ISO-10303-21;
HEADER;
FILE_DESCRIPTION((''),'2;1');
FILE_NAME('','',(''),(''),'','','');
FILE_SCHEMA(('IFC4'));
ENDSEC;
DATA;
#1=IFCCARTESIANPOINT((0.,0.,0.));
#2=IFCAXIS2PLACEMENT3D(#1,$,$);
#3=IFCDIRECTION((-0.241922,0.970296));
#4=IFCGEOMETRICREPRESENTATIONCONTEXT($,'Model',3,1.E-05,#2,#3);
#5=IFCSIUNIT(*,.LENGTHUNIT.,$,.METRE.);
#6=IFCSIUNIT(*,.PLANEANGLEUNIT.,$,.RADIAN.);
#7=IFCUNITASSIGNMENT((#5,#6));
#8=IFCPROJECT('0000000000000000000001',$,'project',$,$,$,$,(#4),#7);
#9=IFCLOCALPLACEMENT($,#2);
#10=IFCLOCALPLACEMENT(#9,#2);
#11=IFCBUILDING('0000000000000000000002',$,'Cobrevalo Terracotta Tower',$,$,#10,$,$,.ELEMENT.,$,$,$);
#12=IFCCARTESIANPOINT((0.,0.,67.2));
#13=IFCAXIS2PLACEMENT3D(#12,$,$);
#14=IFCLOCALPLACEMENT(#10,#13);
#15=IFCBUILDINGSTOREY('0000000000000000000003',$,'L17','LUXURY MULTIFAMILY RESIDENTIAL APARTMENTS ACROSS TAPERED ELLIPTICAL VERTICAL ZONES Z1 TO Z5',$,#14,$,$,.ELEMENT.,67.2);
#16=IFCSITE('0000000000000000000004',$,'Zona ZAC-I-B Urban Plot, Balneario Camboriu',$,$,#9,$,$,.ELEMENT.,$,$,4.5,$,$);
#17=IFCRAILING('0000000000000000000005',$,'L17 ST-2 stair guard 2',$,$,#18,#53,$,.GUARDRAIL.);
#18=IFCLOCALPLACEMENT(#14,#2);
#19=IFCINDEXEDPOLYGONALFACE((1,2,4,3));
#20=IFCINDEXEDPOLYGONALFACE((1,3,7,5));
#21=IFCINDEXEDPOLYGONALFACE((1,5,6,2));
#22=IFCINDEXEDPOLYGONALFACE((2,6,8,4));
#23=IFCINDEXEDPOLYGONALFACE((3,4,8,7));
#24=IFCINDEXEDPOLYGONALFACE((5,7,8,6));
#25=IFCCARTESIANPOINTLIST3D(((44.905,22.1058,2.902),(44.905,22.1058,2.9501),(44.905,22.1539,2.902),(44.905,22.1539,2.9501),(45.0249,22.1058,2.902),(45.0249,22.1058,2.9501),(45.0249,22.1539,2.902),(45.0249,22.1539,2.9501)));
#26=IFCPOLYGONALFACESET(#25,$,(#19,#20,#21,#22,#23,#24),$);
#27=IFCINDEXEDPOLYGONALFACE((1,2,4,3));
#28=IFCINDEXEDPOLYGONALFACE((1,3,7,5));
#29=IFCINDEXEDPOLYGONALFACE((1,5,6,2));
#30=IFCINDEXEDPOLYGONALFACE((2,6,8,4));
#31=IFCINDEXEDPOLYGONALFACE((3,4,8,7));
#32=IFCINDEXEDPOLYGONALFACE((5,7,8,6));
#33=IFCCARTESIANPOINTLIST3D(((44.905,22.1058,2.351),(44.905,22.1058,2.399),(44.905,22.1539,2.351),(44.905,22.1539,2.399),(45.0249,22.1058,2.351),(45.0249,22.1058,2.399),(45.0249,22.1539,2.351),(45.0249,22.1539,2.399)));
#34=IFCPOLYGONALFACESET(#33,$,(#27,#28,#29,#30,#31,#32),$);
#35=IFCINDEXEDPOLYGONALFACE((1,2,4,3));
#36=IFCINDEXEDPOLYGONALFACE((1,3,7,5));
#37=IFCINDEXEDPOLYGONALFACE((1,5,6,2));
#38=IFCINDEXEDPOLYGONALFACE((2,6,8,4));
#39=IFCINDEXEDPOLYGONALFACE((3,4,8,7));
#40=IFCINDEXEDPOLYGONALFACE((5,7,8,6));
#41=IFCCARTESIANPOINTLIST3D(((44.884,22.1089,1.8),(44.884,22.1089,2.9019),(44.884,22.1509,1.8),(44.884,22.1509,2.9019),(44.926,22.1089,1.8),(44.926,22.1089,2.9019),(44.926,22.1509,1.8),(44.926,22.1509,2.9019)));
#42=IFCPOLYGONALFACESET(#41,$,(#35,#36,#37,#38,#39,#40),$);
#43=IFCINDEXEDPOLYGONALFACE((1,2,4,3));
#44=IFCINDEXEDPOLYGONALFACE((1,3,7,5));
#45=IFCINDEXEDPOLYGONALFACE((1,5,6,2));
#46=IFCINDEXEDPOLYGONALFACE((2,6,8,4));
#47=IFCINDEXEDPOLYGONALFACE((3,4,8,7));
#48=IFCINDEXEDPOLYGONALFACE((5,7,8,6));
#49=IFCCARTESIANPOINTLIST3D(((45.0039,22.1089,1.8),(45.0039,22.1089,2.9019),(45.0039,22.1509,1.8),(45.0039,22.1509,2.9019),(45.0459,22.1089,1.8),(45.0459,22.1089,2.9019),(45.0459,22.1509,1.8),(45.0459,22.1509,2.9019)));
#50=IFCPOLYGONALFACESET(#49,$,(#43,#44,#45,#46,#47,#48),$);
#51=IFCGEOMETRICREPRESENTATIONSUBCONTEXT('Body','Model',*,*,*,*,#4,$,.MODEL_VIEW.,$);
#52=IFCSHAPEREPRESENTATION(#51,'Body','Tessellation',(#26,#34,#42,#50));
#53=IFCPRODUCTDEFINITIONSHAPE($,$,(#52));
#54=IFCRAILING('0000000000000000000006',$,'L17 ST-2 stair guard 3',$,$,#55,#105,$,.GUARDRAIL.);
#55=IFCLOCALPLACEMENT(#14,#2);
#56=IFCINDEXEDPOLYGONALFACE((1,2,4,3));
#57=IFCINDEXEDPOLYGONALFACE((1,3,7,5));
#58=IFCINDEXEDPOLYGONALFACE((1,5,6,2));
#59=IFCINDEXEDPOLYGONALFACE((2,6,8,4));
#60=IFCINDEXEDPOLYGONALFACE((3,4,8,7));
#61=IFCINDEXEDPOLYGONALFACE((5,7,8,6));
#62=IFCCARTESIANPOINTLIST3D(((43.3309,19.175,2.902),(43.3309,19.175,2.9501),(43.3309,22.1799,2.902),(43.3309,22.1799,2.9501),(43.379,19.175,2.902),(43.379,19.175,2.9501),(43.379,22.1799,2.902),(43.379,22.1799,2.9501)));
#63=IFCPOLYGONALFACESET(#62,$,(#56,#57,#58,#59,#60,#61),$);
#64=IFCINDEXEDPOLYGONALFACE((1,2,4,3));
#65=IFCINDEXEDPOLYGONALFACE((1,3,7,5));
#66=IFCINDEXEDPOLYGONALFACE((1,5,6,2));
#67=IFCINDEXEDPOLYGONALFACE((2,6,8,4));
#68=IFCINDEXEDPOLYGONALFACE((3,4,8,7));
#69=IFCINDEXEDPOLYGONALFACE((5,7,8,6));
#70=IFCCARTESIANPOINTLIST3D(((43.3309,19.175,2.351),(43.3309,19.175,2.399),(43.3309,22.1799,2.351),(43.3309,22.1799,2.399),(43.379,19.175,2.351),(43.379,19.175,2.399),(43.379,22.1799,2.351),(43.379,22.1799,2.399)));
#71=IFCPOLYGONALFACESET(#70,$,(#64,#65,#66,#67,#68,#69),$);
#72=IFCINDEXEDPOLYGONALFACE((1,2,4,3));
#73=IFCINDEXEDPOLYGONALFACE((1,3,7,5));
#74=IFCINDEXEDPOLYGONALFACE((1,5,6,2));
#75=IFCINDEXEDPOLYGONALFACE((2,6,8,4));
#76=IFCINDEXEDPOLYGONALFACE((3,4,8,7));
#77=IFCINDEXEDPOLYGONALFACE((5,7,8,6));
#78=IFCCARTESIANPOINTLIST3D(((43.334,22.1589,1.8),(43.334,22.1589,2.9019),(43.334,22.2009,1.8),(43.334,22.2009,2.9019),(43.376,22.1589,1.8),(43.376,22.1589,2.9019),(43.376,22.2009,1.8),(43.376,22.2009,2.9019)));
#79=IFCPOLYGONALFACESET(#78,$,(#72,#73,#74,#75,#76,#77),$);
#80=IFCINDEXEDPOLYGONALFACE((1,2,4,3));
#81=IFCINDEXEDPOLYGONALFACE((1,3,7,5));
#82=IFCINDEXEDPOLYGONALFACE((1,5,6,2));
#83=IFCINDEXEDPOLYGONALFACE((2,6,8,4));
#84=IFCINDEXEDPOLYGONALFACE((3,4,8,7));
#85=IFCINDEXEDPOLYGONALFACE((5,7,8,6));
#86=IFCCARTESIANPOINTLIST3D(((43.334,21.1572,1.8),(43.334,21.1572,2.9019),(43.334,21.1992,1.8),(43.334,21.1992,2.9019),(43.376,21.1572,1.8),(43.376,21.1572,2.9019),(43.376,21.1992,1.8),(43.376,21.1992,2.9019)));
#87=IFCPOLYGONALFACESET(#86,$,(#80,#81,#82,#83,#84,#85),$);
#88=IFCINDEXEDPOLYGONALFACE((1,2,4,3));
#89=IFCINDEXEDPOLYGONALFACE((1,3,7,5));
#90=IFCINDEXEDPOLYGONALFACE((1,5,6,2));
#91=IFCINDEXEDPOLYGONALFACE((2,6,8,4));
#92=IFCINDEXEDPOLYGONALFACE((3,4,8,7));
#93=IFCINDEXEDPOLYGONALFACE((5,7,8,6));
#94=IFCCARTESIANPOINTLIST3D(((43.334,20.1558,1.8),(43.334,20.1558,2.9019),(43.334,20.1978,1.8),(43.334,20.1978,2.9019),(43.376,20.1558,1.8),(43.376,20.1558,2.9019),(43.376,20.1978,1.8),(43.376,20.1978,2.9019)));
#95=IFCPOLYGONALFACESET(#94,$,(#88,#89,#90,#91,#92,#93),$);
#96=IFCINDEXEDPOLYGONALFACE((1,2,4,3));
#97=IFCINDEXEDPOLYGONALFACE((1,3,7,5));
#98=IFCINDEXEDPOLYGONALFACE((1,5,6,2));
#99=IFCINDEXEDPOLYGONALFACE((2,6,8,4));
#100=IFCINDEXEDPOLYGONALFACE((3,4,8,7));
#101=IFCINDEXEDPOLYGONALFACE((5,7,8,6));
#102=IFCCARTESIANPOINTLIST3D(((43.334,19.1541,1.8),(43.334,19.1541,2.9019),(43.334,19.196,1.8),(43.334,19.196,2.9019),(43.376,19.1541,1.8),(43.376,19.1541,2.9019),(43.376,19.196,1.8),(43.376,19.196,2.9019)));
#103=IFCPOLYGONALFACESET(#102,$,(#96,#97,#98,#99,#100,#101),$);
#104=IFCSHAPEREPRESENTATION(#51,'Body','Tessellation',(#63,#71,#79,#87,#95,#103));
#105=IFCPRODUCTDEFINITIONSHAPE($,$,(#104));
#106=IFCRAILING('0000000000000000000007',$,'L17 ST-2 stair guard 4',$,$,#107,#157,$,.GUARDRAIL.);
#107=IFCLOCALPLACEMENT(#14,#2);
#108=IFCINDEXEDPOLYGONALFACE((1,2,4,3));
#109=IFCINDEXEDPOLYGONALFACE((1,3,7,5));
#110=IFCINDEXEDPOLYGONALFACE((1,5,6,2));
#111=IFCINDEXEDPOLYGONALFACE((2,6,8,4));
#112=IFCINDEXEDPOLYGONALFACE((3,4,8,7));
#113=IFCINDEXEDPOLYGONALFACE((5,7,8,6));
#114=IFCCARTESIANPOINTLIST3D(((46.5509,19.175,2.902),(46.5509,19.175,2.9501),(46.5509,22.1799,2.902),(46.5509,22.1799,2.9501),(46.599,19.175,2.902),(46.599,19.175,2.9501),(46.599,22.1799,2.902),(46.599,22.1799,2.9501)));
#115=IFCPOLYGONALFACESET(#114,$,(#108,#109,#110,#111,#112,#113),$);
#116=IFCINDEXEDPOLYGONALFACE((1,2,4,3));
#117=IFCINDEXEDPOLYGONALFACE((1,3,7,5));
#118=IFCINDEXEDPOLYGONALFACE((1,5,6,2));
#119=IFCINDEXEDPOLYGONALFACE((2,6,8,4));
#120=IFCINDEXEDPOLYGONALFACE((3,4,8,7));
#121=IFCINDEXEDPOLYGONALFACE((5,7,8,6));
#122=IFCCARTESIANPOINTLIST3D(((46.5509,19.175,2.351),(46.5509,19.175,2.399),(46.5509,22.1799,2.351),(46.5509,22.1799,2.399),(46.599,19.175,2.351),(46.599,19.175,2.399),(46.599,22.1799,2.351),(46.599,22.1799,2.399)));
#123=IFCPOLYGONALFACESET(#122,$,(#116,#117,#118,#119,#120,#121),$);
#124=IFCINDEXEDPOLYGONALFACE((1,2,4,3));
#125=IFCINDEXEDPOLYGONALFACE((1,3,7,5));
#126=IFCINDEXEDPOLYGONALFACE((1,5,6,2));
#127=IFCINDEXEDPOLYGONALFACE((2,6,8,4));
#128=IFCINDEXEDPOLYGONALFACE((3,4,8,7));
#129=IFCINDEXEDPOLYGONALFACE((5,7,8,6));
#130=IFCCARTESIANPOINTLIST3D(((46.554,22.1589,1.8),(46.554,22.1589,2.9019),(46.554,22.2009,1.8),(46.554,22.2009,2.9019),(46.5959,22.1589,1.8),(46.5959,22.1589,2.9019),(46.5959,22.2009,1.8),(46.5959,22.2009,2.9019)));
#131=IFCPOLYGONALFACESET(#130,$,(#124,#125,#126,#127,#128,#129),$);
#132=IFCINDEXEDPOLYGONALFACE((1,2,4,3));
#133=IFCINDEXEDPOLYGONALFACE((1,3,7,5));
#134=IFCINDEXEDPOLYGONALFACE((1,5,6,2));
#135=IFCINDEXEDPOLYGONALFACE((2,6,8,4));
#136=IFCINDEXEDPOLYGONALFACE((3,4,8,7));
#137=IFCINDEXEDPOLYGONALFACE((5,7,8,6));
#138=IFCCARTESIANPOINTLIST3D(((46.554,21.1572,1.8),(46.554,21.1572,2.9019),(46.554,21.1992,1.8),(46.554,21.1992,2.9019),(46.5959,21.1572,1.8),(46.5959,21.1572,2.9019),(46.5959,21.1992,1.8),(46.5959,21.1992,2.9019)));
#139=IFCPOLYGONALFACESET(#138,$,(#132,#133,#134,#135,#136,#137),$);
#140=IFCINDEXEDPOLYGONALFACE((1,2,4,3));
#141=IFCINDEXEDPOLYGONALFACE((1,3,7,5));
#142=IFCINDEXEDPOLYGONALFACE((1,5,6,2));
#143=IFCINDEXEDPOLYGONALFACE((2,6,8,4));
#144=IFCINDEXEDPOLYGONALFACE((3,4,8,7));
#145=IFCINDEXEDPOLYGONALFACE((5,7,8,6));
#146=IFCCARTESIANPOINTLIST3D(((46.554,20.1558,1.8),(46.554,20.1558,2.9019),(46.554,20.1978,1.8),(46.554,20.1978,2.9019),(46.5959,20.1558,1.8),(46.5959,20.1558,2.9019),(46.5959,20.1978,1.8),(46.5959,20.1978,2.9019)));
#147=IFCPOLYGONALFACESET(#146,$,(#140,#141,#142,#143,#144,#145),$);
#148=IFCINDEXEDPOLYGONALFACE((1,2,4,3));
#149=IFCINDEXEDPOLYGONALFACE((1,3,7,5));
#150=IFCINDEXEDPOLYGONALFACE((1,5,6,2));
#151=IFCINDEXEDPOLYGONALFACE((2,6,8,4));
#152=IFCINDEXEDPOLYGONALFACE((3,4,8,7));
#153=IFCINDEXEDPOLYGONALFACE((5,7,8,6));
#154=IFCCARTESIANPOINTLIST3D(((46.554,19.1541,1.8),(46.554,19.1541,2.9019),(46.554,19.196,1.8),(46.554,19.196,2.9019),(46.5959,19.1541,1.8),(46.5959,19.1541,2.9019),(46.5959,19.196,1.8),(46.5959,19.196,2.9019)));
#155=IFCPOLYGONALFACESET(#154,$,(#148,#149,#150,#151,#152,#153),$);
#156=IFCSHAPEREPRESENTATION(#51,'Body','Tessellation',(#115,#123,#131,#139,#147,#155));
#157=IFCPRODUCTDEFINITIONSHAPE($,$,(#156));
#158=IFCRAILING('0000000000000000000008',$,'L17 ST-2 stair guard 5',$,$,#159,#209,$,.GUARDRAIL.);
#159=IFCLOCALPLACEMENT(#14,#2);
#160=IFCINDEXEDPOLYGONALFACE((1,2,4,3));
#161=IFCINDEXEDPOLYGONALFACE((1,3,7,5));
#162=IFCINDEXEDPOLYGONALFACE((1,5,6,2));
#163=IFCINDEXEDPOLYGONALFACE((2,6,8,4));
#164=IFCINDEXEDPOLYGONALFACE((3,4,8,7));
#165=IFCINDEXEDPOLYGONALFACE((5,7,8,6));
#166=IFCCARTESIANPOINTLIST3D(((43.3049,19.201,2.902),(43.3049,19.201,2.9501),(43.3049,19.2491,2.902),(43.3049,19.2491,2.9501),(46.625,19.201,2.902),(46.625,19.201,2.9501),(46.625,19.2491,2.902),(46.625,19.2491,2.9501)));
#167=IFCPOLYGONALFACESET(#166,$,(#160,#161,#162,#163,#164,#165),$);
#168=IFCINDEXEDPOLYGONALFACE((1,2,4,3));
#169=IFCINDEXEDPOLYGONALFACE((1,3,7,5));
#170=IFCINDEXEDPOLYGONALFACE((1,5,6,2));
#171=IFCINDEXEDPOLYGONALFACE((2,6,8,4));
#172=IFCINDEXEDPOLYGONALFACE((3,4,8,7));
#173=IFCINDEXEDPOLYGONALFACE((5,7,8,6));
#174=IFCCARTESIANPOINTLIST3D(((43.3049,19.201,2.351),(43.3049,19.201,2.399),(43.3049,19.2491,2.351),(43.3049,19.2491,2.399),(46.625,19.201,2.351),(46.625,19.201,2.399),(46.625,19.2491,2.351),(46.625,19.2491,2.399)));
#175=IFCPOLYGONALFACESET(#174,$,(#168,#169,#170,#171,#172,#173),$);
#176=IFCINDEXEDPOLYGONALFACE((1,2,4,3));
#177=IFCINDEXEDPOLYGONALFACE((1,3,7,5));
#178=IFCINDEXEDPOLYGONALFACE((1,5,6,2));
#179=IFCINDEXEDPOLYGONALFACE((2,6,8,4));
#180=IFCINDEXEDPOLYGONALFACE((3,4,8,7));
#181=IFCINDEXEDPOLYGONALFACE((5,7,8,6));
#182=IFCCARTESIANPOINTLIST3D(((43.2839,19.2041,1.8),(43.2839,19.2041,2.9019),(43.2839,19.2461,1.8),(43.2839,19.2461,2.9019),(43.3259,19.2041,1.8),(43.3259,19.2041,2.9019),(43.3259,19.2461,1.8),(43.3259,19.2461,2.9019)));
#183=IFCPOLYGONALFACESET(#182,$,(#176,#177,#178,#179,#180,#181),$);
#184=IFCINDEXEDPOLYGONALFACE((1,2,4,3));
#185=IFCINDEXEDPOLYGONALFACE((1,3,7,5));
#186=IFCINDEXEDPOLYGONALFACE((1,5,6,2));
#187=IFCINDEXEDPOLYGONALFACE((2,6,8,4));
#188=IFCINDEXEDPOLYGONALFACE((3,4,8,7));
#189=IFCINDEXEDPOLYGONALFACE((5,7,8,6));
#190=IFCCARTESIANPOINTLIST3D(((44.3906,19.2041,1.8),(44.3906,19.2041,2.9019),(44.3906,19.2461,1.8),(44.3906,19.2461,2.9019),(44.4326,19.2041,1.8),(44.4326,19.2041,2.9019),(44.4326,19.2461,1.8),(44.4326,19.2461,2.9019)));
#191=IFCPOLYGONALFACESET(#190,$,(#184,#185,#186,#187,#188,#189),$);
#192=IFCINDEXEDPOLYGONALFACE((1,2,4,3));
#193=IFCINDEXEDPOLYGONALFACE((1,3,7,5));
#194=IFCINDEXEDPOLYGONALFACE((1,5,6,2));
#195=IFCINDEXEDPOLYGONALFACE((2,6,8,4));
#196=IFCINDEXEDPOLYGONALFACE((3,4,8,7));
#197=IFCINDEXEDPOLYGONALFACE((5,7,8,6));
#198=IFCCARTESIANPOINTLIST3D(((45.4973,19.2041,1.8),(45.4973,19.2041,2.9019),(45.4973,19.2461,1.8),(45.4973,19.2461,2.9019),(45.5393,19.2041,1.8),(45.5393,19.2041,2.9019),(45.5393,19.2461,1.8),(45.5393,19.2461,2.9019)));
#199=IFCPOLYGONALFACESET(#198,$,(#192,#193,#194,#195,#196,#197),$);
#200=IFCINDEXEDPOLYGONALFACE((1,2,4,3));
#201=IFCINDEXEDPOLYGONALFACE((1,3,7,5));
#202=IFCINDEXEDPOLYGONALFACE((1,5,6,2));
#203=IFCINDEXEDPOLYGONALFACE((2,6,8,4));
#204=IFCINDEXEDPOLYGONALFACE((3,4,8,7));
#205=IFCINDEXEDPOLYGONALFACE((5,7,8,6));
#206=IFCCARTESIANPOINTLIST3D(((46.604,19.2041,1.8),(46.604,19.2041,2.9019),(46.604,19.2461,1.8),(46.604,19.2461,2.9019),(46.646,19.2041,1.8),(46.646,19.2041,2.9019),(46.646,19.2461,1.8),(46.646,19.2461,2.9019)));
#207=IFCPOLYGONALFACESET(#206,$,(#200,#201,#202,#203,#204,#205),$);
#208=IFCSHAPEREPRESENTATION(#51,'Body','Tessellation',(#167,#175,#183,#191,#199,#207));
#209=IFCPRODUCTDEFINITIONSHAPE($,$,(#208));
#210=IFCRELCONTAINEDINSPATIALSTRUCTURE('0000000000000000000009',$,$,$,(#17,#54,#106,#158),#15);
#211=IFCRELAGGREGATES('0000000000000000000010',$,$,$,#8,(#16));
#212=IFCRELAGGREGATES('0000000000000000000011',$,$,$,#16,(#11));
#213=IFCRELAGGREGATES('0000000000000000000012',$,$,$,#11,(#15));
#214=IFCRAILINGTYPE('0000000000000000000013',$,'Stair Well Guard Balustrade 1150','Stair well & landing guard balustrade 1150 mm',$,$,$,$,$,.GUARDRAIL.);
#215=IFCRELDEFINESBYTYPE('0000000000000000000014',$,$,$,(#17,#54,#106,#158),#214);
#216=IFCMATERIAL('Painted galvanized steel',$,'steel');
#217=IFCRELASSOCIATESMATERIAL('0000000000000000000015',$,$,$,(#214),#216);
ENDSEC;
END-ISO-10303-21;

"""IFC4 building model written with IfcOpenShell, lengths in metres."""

from ifc_helpers import new_model, si_unit, direction, frame, origin, origin_2d, place, context, subcontext, project, spatial, rectangle, extrude, material, type_object, element, save


model = new_model("IFC4")

# Units and contexts
model_context = context("Model", 3, precision=1e-05, world=origin(), true_north=direction((-0.241922, 0.970296)))
body_context = subcontext(model_context, "Body", "Model", "MODEL_VIEW")
ifc_project = project(units=[si_unit("LENGTHUNIT", "METRE"), si_unit("PLANEANGLEUNIT", "RADIAN")], contexts=[model_context])

# Site, building, storey
site_placement = place(None, origin())
site = spatial("IfcSite", under=ifc_project, at=site_placement, Name="Zona ZAC-I-B Urban Plot, Balneario Camboriu", CompositionType="ELEMENT", RefElevation=4.5)
building_placement = place(site_placement, origin())
building = spatial("IfcBuilding", under=site, at=building_placement, Name="Cobrevalo Terracotta Tower", CompositionType="ELEMENT")
storey_placement = place(building_placement, frame((0.0, 0.0, 67.2)))
storey = spatial("IfcBuildingStorey", under=building, at=storey_placement, Name="L17", Description="LUXURY MULTIFAMILY RESIDENTIAL APARTMENTS ACROSS TAPERED ELLIPTICAL VERTICAL ZONES Z1 TO Z5", CompositionType="ELEMENT", Elevation=67.2)

# Railings
ifc_material_1 = material(Name="Painted galvanized steel", Category="steel")
railing_type_1 = type_object("IfcRailingType", Name="Stair Well Guard Balustrade 1150", Description="Stair well & landing guard balustrade 1150 mm", PredefinedType="GUARDRAIL", material=ifc_material_1)
railing_1_placement = place(storey_placement, frame((44.905, 22.1299, 1.8)))
element("IfcRailing", 1, at=railing_1_placement, inside=storey, type_object=railing_type_1, Name="L17 ST-2 stair guard 2", PredefinedType="GUARDRAIL", context=body_context, shape_type="SweptSolid", body=[
    extrude(rectangle(XDim=0.0481, YDim=0.0481, at=origin_2d()), frame((0.0, 0.0, 1.126), z_axis=(1.0, 0.0, 0.0), x_axis=(0.0, 1.0, 0.0)), (0.0, 0.0, 1.0), 0.1199),
    extrude(rectangle(XDim=0.0481, YDim=0.0481, at=origin_2d()), frame((0.0, 0.0, 0.575), z_axis=(1.0, 0.0, 0.0), x_axis=(0.0, 1.0, 0.0)), (0.0, 0.0, 1.0), 0.1199),
    extrude(rectangle(XDim=0.042, YDim=0.042, at=origin_2d()), origin(), (0.0, 0.0, 1.0), 1.1018),
    extrude(rectangle(XDim=0.042, YDim=0.042, at=origin_2d()), frame((0.1199, 0.0, 0.0)), (0.0, 0.0, 1.0), 1.1018),
])
for number, where, name in (
    (2, (43.355, 22.1799, 1.8), "L17 ST-2 stair guard 3"),
    (3, (46.575, 22.1799, 1.8), "L17 ST-2 stair guard 4"),
):
    element("IfcRailing", number, at=place(storey_placement, frame(where)), inside=storey, type_object=railing_type_1, Name=name, PredefinedType="GUARDRAIL", context=body_context, shape_type="SweptSolid", body=[
        extrude(rectangle(XDim=0.0481, YDim=0.0481, at=origin_2d()), frame((0.0, 0.0, 1.126), z_axis=(0.0, -1.0, 0.0), x_axis=(1.0, 0.0, 0.0)), (0.0, 0.0, 1.0), 3.0049),
        extrude(rectangle(XDim=0.0481, YDim=0.0481, at=origin_2d()), frame((0.0, 0.0, 0.575), z_axis=(0.0, -1.0, 0.0), x_axis=(1.0, 0.0, 0.0)), (0.0, 0.0, 1.0), 3.0049),
        extrude(rectangle(XDim=0.042, YDim=0.042, at=origin_2d()), origin(), (0.0, 0.0, 1.0), 1.1018),
        extrude(rectangle(XDim=0.042, YDim=0.042, at=origin_2d()), frame((0.0, -1.0017, 0.0)), (0.0, 0.0, 1.0), 1.1018),
        extrude(rectangle(XDim=0.042, YDim=0.042, at=origin_2d()), frame((0.0, -2.0032, 0.0)), (0.0, 0.0, 1.0), 1.1018),
        extrude(rectangle(XDim=0.042, YDim=0.042, at=origin_2d()), frame((0.0, -3.0049, 0.0)), (0.0, 0.0, 1.0), 1.1018),
    ])
railing_2_placement = place(storey_placement, frame((43.3049, 19.2251, 1.8)))
element("IfcRailing", 4, at=railing_2_placement, inside=storey, type_object=railing_type_1, Name="L17 ST-2 stair guard 5", PredefinedType="GUARDRAIL", context=body_context, shape_type="SweptSolid", body=[
    extrude(rectangle(XDim=0.0481, YDim=0.0481, at=origin_2d()), frame((0.0, 0.0, 1.126), z_axis=(1.0, 0.0, 0.0), x_axis=(0.0, 1.0, 0.0)), (0.0, 0.0, 1.0), 3.3201),
    extrude(rectangle(XDim=0.0481, YDim=0.0481, at=origin_2d()), frame((0.0, 0.0, 0.575), z_axis=(1.0, 0.0, 0.0), x_axis=(0.0, 1.0, 0.0)), (0.0, 0.0, 1.0), 3.3201),
    extrude(rectangle(XDim=0.042, YDim=0.042, at=origin_2d()), origin(), (0.0, 0.0, 1.0), 1.1018),
    extrude(rectangle(XDim=0.042, YDim=0.042, at=origin_2d()), frame((1.1067, 0.0, 0.0)), (0.0, 0.0, 1.0), 1.1018),
    extrude(rectangle(XDim=0.042, YDim=0.042, at=origin_2d()), frame((2.2134, 0.0, 0.0)), (0.0, 0.0, 1.0), 1.1018),
    extrude(rectangle(XDim=0.042, YDim=0.042, at=origin_2d()), frame((3.3201, 0.0, 0.0)), (0.0, 0.0, 1.0), 1.1018),
])

save(model, "model.ifc")
